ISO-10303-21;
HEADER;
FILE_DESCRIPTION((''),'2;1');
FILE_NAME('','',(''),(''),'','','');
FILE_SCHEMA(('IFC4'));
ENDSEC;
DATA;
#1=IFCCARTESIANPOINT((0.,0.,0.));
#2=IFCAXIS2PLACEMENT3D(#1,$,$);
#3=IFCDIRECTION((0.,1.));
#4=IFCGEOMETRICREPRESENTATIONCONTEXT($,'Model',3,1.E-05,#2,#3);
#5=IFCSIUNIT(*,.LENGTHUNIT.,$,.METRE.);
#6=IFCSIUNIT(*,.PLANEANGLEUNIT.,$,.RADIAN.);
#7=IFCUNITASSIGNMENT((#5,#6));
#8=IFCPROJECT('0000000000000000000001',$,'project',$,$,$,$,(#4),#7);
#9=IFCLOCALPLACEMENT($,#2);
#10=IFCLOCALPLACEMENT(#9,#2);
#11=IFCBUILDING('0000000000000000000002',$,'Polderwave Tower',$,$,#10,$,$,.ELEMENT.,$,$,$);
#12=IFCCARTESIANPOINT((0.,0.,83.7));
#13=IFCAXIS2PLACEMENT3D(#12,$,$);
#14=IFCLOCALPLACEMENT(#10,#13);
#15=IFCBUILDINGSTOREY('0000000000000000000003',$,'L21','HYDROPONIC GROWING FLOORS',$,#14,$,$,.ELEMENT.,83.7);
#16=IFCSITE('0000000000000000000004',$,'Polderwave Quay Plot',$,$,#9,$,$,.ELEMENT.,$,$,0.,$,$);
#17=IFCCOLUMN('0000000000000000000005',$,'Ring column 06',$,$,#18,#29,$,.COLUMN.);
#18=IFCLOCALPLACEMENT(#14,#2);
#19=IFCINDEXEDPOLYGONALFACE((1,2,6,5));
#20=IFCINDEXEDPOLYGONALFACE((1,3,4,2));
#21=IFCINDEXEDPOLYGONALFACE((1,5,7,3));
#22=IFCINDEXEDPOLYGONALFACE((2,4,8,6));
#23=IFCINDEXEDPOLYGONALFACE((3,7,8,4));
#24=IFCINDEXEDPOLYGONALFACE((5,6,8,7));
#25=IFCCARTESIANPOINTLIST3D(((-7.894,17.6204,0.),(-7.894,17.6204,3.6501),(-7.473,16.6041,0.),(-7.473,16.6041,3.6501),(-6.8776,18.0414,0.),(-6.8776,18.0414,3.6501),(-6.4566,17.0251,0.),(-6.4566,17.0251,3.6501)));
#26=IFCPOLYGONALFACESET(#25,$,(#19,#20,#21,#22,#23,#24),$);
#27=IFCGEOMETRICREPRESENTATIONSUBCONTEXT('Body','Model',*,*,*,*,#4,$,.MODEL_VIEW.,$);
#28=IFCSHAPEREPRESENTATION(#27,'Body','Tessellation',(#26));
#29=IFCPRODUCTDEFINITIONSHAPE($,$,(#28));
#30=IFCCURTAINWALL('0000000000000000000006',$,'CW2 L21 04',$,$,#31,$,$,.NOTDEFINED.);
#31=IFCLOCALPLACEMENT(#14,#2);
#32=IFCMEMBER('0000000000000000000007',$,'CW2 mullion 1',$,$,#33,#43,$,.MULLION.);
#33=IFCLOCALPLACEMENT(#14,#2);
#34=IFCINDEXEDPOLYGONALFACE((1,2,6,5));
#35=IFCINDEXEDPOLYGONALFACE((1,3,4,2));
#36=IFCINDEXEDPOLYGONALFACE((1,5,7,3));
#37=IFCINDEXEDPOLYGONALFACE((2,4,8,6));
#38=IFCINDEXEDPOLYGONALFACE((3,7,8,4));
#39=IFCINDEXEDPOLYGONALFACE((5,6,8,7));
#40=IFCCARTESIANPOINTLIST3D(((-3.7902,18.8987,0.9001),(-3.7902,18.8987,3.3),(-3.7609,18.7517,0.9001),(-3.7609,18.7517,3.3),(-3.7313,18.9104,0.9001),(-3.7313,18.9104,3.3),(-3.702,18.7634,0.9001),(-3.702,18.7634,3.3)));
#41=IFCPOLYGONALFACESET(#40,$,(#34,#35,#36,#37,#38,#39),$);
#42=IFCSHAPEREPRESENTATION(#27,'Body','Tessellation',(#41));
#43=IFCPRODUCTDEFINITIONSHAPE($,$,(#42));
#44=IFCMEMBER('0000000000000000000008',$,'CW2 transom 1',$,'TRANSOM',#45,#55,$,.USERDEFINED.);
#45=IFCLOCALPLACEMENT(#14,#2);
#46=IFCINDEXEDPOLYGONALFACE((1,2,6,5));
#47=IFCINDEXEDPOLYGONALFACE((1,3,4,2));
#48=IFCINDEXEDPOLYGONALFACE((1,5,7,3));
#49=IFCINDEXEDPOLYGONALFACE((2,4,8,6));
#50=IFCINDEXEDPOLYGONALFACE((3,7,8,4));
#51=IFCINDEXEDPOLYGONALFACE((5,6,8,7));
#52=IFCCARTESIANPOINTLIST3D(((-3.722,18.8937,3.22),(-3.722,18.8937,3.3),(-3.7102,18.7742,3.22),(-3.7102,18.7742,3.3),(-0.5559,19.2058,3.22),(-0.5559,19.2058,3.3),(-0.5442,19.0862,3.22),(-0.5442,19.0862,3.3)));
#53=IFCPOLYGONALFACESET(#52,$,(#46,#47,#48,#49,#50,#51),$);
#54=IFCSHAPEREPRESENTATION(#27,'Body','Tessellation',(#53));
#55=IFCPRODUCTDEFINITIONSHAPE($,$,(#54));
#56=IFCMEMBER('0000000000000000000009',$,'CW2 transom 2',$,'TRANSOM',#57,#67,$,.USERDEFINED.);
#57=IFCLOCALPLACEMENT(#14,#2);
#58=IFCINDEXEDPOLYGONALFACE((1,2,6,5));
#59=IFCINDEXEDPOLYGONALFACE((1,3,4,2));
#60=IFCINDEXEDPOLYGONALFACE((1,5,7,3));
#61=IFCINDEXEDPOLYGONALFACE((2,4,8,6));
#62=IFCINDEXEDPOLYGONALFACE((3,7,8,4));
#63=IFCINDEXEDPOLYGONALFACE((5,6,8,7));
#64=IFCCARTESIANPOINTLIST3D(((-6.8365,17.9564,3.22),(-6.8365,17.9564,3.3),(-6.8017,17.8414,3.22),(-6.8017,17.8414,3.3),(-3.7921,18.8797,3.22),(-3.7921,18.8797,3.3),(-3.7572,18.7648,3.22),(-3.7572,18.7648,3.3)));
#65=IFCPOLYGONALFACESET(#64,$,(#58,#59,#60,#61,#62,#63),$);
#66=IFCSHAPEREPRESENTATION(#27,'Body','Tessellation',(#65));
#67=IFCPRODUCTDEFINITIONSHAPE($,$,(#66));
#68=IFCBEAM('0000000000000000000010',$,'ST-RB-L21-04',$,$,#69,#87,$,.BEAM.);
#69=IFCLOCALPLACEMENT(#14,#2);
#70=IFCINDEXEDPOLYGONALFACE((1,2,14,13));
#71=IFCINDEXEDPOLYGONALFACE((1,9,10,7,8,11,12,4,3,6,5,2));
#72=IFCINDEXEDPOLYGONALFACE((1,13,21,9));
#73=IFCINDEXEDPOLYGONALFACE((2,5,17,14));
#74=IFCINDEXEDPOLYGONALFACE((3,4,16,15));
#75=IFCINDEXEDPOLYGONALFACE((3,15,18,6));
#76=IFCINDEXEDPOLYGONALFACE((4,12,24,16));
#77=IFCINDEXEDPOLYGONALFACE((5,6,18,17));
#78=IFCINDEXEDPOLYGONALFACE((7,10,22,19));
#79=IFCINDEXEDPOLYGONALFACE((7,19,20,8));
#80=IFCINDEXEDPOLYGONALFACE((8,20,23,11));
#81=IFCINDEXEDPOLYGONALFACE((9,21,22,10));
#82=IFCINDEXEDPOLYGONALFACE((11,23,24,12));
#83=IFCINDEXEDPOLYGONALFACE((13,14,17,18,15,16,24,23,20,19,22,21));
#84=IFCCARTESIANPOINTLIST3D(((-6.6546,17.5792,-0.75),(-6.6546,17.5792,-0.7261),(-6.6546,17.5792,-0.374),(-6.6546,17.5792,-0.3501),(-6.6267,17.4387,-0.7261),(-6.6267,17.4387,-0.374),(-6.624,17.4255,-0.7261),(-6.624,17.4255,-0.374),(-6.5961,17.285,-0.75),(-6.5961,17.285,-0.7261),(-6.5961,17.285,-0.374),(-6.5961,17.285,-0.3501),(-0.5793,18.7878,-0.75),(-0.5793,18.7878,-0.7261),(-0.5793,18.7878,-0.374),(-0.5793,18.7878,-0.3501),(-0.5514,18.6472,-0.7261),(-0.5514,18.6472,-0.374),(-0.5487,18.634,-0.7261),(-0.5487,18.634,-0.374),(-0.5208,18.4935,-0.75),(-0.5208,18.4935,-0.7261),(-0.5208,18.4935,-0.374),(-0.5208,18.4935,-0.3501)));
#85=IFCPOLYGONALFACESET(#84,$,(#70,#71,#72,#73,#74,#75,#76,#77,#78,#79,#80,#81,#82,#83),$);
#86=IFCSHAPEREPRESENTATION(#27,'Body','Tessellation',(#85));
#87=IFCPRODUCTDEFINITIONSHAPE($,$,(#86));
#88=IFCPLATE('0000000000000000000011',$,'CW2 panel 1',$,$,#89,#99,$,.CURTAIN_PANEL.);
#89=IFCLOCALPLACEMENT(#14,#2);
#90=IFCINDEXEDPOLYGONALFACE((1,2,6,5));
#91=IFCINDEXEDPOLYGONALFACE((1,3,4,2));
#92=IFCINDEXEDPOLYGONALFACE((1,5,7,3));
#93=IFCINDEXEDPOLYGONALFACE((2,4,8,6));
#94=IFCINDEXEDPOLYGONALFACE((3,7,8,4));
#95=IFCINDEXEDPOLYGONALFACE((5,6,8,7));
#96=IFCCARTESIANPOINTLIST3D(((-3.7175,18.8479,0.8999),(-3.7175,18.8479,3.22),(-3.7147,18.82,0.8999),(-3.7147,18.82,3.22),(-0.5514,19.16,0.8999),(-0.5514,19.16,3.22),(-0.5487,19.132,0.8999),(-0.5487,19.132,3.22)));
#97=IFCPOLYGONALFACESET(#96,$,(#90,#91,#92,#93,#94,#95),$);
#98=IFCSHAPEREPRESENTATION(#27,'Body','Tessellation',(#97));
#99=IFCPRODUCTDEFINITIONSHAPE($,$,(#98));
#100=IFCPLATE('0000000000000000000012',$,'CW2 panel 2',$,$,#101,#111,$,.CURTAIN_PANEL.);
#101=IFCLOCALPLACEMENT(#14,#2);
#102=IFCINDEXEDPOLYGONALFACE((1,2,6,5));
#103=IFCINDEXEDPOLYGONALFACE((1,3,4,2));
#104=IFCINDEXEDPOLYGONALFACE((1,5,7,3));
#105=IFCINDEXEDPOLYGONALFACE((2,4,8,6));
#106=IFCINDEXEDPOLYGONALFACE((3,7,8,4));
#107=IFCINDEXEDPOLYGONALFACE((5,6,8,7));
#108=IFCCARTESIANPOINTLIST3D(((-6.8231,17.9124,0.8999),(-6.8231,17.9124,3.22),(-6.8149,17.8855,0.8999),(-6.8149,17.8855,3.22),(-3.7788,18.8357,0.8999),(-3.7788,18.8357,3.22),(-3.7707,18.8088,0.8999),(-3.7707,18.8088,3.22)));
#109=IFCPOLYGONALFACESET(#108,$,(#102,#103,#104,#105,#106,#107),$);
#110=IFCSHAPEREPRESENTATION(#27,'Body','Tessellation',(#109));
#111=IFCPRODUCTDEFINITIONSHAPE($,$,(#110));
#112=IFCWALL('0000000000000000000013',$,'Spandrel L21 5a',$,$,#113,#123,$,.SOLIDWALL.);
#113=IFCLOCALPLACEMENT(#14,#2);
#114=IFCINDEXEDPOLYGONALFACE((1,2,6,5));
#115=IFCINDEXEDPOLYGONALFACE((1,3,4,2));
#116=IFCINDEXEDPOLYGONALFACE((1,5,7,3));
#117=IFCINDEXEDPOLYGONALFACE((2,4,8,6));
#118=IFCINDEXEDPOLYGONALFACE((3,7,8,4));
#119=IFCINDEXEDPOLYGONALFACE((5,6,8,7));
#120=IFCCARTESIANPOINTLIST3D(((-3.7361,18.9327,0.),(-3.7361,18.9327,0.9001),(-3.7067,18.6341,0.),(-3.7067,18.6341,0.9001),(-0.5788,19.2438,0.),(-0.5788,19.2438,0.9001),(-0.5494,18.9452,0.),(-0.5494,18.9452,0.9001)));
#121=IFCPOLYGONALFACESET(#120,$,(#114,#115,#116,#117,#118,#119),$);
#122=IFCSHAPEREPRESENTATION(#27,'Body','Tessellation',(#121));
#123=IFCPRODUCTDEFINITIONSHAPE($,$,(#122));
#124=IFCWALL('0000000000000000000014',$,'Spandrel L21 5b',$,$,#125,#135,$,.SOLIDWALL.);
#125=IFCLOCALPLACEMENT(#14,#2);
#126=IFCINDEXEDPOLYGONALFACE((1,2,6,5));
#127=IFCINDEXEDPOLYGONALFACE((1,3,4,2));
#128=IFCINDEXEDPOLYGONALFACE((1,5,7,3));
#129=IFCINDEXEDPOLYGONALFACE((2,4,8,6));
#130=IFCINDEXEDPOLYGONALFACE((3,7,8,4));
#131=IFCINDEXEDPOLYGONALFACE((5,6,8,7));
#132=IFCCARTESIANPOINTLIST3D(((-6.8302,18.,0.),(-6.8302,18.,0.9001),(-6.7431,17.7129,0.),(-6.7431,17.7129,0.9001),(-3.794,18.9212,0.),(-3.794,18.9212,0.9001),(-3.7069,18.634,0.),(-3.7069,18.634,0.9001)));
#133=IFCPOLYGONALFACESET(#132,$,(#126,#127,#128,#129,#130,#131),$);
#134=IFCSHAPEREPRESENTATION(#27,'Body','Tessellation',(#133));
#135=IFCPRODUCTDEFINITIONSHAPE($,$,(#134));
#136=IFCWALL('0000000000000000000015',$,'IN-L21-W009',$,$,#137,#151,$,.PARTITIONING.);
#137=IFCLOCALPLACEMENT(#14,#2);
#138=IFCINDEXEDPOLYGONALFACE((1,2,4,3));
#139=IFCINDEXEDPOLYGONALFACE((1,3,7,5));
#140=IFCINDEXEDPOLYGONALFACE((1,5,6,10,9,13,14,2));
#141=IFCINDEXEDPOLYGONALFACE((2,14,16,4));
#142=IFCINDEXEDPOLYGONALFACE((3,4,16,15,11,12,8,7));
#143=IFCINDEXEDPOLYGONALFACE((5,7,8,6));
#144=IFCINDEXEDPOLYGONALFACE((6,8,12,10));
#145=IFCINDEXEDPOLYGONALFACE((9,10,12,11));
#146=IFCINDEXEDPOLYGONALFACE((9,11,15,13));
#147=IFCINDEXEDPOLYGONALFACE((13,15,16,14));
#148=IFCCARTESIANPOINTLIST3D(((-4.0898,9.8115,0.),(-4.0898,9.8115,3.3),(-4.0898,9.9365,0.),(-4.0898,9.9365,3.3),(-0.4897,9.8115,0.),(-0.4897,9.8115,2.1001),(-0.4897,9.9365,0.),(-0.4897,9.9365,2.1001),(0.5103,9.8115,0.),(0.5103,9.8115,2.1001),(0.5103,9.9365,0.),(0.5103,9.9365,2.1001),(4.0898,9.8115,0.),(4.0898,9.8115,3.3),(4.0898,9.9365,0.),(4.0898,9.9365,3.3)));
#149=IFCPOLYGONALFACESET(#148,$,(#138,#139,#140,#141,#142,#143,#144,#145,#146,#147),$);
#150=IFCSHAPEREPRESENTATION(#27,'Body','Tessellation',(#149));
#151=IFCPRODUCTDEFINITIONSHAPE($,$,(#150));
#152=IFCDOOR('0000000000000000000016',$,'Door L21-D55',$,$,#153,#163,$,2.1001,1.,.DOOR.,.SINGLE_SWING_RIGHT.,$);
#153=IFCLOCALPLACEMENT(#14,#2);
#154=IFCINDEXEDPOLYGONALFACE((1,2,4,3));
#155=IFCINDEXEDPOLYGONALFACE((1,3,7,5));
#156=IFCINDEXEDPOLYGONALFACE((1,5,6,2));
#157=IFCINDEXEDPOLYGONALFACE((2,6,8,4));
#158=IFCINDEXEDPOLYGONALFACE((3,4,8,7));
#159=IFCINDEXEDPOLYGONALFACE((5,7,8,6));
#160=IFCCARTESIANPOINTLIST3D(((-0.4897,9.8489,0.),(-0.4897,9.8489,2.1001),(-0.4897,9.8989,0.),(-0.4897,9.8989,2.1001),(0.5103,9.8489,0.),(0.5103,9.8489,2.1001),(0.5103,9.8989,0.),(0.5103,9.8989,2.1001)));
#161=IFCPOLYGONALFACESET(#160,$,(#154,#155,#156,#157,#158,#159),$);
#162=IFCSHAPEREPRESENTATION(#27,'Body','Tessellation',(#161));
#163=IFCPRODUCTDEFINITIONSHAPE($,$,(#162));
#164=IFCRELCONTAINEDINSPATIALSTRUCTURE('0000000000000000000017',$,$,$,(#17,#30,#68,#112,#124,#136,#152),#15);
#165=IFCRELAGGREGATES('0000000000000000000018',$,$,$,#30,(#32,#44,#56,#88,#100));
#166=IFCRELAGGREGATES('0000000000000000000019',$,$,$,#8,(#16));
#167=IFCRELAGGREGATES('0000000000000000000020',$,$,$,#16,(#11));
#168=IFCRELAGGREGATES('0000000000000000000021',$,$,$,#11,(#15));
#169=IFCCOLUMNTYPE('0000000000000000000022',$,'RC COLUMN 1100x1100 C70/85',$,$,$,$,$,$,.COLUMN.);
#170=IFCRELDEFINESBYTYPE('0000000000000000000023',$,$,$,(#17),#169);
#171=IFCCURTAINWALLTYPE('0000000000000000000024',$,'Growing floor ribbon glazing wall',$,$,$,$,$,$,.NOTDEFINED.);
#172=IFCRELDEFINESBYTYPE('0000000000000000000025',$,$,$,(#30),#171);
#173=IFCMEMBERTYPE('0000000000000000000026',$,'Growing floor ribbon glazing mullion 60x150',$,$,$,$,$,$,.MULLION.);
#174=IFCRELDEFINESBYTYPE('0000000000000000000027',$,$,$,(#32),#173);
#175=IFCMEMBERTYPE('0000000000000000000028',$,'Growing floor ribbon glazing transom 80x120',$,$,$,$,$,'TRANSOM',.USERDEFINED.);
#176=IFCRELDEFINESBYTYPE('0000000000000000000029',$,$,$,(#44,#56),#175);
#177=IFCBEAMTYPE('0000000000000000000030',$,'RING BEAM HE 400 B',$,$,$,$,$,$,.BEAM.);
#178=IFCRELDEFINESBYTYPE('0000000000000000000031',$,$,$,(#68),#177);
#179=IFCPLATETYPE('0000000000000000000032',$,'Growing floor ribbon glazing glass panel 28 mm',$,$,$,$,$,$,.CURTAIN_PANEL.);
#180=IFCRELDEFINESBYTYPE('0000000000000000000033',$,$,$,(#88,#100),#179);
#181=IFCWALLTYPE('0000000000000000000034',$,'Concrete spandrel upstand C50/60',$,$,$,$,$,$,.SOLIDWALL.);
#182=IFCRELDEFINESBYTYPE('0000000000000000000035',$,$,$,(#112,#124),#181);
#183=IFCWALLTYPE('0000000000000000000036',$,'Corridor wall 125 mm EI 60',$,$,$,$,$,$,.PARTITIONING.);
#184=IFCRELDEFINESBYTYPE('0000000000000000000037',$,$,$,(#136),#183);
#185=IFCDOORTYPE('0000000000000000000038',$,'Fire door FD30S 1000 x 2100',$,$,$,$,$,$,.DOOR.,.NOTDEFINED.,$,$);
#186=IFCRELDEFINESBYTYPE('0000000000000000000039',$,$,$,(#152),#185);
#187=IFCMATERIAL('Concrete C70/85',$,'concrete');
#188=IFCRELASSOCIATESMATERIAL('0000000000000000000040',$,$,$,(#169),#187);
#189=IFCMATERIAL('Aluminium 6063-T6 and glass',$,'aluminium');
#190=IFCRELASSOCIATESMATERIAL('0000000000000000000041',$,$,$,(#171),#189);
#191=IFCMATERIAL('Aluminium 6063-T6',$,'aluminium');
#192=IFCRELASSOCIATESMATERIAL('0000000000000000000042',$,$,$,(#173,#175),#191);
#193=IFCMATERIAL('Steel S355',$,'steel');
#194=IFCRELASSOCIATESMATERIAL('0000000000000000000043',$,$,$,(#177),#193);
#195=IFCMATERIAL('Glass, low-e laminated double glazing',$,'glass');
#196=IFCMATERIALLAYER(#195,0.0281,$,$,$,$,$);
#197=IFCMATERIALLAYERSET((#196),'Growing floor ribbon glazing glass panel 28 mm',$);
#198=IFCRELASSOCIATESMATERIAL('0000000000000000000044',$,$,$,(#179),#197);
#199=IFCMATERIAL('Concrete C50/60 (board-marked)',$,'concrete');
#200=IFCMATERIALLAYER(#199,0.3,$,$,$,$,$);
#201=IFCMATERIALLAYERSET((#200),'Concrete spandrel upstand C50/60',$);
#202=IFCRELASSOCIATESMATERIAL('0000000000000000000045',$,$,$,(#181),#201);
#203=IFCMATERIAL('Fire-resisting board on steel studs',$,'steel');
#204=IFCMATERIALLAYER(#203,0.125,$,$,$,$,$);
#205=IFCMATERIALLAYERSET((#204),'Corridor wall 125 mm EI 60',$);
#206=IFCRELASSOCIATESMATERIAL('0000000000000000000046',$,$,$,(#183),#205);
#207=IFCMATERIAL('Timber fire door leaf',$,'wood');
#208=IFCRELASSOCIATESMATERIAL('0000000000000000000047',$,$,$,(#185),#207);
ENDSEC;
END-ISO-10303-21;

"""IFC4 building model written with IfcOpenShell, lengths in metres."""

from ifc_helpers import new_model, si_unit, direction, frame, frame_2d, origin, origin_2d, place, context, subcontext, project, spatial, rectangle, i_section, extrude, material, layer, layer_set, material_profile, profile_set, type_object, element, fill, aggregate, save


model = new_model("IFC4")

# Units and contexts
model_context = context("Model", 3, precision=1e-05, world=origin(), true_north=direction((0.0, 1.0)))
body_context = subcontext(model_context, "Body", "Model", "MODEL_VIEW")
ifc_project = project(units=[si_unit("LENGTHUNIT", "METRE"), si_unit("PLANEANGLEUNIT", "RADIAN")], contexts=[model_context])

# Site, building, storey
site_placement = place(None, origin())
site = spatial("IfcSite", under=ifc_project, at=site_placement, Name="Polderwave Quay Plot", CompositionType="ELEMENT", RefElevation=0.0)
building_placement = place(site_placement, origin())
building = spatial("IfcBuilding", under=site, at=building_placement, Name="Polderwave Tower", CompositionType="ELEMENT")
storey_placement = place(building_placement, frame((0.0, 0.0, 83.7)))
storey = spatial("IfcBuildingStorey", under=building, at=storey_placement, Name="L21", Description="HYDROPONIC GROWING FLOORS", CompositionType="ELEMENT", Elevation=83.7)

# Column
ifc_material_1 = material(Name="Concrete C70/85", Category="concrete")
ifc_material_profile_1 = material_profile(ifc_material_1, rectangle(XDim=1.1001, YDim=1.1001, at=origin_2d()), Name="RC 1100x1100")
ifc_profile_set_1 = profile_set([ifc_material_profile_1], Name="Concrete C70/85")
column_type = type_object("IfcColumnType", Name="RC COLUMN 1100x1100 C70/85", PredefinedType="COLUMN", material=ifc_profile_set_1)
column_placement = place(storey_placement, frame((-7.1753, 17.3228, 0.0), z_axis=(0.0, 0.0, 1.0), x_axis=(-0.382683, 0.92388, 0.0)))
element("IfcColumn", 1, at=column_placement, inside=storey, type_object=column_type, Name="Ring column 06", PredefinedType="COLUMN", context=body_context, shape_type="SweptSolid", body=[
    extrude(rectangle(XDim=1.1001, YDim=1.1001, at=origin_2d()), origin(), (0.0, 0.0, 1.0), 3.6501),
])

# Curtain wall, members
ifc_material_2 = material(Name="Aluminium 6063-T6 and glass", Category="aluminium")
curtain_wall_type = type_object("IfcCurtainWallType", Name="Growing floor ribbon glazing wall", PredefinedType="NOTDEFINED", material=ifc_material_2)
curtain_wall_placement = place(storey_placement, origin())
curtain_wall = element("IfcCurtainWall", 2, at=curtain_wall_placement, inside=storey, type_object=curtain_wall_type, Name="CW2 L21 04", PredefinedType="NOTDEFINED")
ifc_material_3 = material(Name="Aluminium 6063-T6", Category="aluminium")
ifc_material_profile_2 = material_profile(ifc_material_3, rectangle(XDim=0.1499, YDim=0.0601, at=origin_2d()), Name="AL 60x150")
ifc_profile_set_2 = profile_set([ifc_material_profile_2], Name="Aluminium 6063-T6")
member_type_1 = type_object("IfcMemberType", Name="Growing floor ribbon glazing mullion 60x150", PredefinedType="MULLION", material=ifc_profile_set_2)
member_1_placement = place(storey_placement, frame((-3.7461, 18.8311, 0.9001), z_axis=(0.0, 0.0, 1.0), x_axis=(0.195097, -0.980784, 0.0)))
member_1 = element("IfcMember", 3, at=member_1_placement, type_object=member_type_1, Name="CW2 mullion 1", PredefinedType="MULLION", context=body_context, shape_type="SweptSolid", body=[
    extrude(rectangle(XDim=0.1499, YDim=0.0601, at=origin_2d()), origin(), (0.0, 0.0, 1.0), 2.3999),
])
ifc_material_profile_3 = material_profile(ifc_material_3, rectangle(XDim=0.1201, YDim=0.0801, at=origin_2d()), Name="AL 80x120")
ifc_profile_set_3 = profile_set([ifc_material_profile_3], Name="Aluminium 6063-T6")
member_type_2 = type_object("IfcMemberType", Name="Growing floor ribbon glazing transom 80x120", ElementType="TRANSOM", PredefinedType="USERDEFINED", material=ifc_profile_set_3)
member_2_placement = place(storey_placement, frame((-0.55, 19.146, 3.26), z_axis=(-0.995179, -0.098075, 0.0), x_axis=(0.098075, -0.995179, 0.0)))
member_2 = element("IfcMember", 4, at=member_2_placement, type_object=member_type_2, Name="CW2 transom 1", ObjectType="TRANSOM", PredefinedType="USERDEFINED", context=body_context, shape_type="SweptSolid", body=[
    extrude(rectangle(XDim=0.1201, YDim=0.0801, at=origin_2d()), origin(), (0.0, 0.0, 1.0), 3.1814),
])
member_3_placement = place(storey_placement, frame((-3.7747, 18.8223, 3.26), z_axis=(-0.956956, -0.290233, 0.0), x_axis=(0.290233, -0.956956, 0.0)))
member_3 = element("IfcMember", 5, at=member_3_placement, type_object=member_type_2, Name="CW2 transom 2", ObjectType="TRANSOM", PredefinedType="USERDEFINED", context=body_context, shape_type="SweptSolid", body=[
    extrude(rectangle(XDim=0.1201, YDim=0.0801, at=origin_2d()), origin(), (0.0, 0.0, 1.0), 3.1814),
])

# Beam
ifc_material_4 = material(Name="Steel S355", Category="steel")
ifc_material_profile_4 = material_profile(ifc_material_4, i_section(OverallWidth=0.3, OverallDepth=0.3999, WebThickness=0.0134, FlangeThickness=0.0239, at=origin_2d()), Name="HE 400 B")
ifc_profile_set_4 = profile_set([ifc_material_profile_4], Name="Steel S355")
beam_type = type_object("IfcBeamType", Name="RING BEAM HE 400 B", PredefinedType="BEAM", material=ifc_profile_set_4)
beam_placement = place(storey_placement, frame((-0.55, 18.6406, -0.55), z_axis=(-0.980783, -0.1951, 0.0), x_axis=(0.1951, -0.980783, 0.0)))
element("IfcBeam", 6, at=beam_placement, inside=storey, type_object=beam_type, Name="ST-RB-L21-04", PredefinedType="BEAM", context=body_context, shape_type="SweptSolid", body=[
    extrude(i_section(OverallWidth=0.3, OverallDepth=0.3999, WebThickness=0.0134, FlangeThickness=0.0239, at=origin_2d()), origin(), (0.0, 0.0, 1.0), 6.1943),
])

# Plates
ifc_material_5 = material(Name="Glass, low-e laminated double glazing", Category="glass")
ifc_layer_1 = layer(ifc_material_5, 0.0281)
ifc_layer_set_1 = layer_set([ifc_layer_1], Name="Growing floor ribbon glazing glass panel 28 mm")
plate_type = type_object("IfcPlateType", Name="Growing floor ribbon glazing glass panel 28 mm", PredefinedType="CURTAIN_PANEL", material=ifc_layer_set_1)
plate_1_placement = place(storey_placement, frame((-2.1331, 18.99, 0.8999), z_axis=(0.0, 0.0, 1.0), x_axis=(-0.995178, -0.098085, 0.0)))
plate_1 = element("IfcPlate", 7, at=plate_1_placement, type_object=plate_type, Name="CW2 panel 1", PredefinedType="CURTAIN_PANEL", context=body_context, shape_type="SweptSolid", body=[
    extrude(rectangle(XDim=3.1814, YDim=0.0281, at=origin_2d()), origin(), (0.0, 0.0, 1.0), 2.3201),
])
plate_2_placement = place(storey_placement, frame((-5.2969, 18.3606, 0.8999), z_axis=(0.0, 0.0, 1.0), x_axis=(-0.956956, -0.290233, 0.0)))
plate_2 = element("IfcPlate", 8, at=plate_2_placement, type_object=plate_type, Name="CW2 panel 2", PredefinedType="CURTAIN_PANEL", context=body_context, shape_type="SweptSolid", body=[
    extrude(rectangle(XDim=3.1812, YDim=0.0281, at=origin_2d()), origin(), (0.0, 0.0, 1.0), 2.3201),
])
aggregate(curtain_wall, [member_1, member_2, member_3, plate_1, plate_2])

# Walls
ifc_material_6 = material(Name="Concrete C50/60 (board-marked)", Category="concrete")
ifc_layer_2 = layer(ifc_material_6, 0.3)
ifc_layer_set_2 = layer_set([ifc_layer_2], Name="Concrete spandrel upstand C50/60")
wall_type_1 = type_object("IfcWallType", Name="Concrete spandrel upstand C50/60", PredefinedType="SOLIDWALL", material=ifc_layer_set_2)
wall_1_placement = place(storey_placement, frame((-0.564, 19.0945, 0.0), z_axis=(0.0, 0.0, 1.0), x_axis=(-0.995182, -0.098041, 0.0)))
element("IfcWall", 9, at=wall_1_placement, inside=storey, type_object=wall_type_1, Name="Spandrel L21 5a", PredefinedType="SOLIDWALL", context=body_context, shape_type="SweptSolid", body=[
    extrude(rectangle(XDim=3.1726, YDim=0.3, at=frame_2d((1.5864, 0.0))), origin(), (0.0, 0.0, 1.0), 0.9001),
])
wall_2_placement = place(storey_placement, frame((-3.7505, 18.7776, 0.0), z_axis=(0.0, 0.0, 1.0), x_axis=(-0.956928, -0.290326, 0.0)))
element("IfcWall", 10, at=wall_2_placement, inside=storey, type_object=wall_type_1, Name="Spandrel L21 5b", PredefinedType="SOLIDWALL", context=body_context, shape_type="SweptSolid", body=[
    extrude(rectangle(XDim=3.1729, YDim=0.3, at=frame_2d((1.5864, 0.0))), origin(), (0.0, 0.0, 1.0), 0.9001),
])

# Wall, opening, door
ifc_material_7 = material(Name="Fire-resisting board on steel studs", Category="steel")
ifc_layer_3 = layer(ifc_material_7, 0.125)
ifc_layer_set_3 = layer_set([ifc_layer_3], Name="Corridor wall 125 mm EI 60")
wall_type_2 = type_object("IfcWallType", Name="Corridor wall 125 mm EI 60", PredefinedType="PARTITIONING", material=ifc_layer_set_3)
wall_3_placement = place(storey_placement, frame((-4.0898, 9.874, 0.0), z_axis=(0.0, 0.0, 1.0), x_axis=(1.0, 0.0, 0.0)))
wall_3 = element("IfcWall", 11, at=wall_3_placement, inside=storey, type_object=wall_type_2, Name="IN-L21-W009", PredefinedType="PARTITIONING", context=body_context, shape_type="SweptSolid", body=[
    extrude(rectangle(XDim=8.1797, YDim=0.125, at=frame_2d((4.0898, 0.0))), origin(), (0.0, 0.0, 1.0), 3.3),
])
opening_1_placement = place(wall_3_placement, frame((3.6001, 0.0, 0.0)))
opening_1 = element("IfcOpeningElement", 12, at=opening_1_placement, cuts=wall_3, PredefinedType="OPENING", context=body_context, shape_type="SweptSolid", body=[
    extrude(rectangle(XDim=1.0, YDim=2.1001, at=frame_2d((0.5, 1.05))), frame((0.0, 0.0725, 0.0), z_axis=(0.0, -1.0, 0.0), x_axis=(1.0, 0.0, 0.0)), (0.0, 0.0, 1.0), 0.145),
])
ifc_material_8 = material(Name="Timber fire door leaf", Category="wood")
door_type_1 = type_object("IfcDoorType", Name="Fire door FD30S 1000 x 2100", OperationType="NOTDEFINED", PredefinedType="DOOR", material=ifc_material_8)
door_1_placement = place(opening_1_placement, origin())
door_1 = element("IfcDoor", 13, at=door_1_placement, inside=storey, type_object=door_type_1, Name="Door L21-D55", OperationType="SINGLE_SWING_RIGHT", OverallHeight=2.1001, OverallWidth=1.0, PredefinedType="DOOR", context=body_context, shape_type="SweptSolid", body=[
    extrude(rectangle(XDim=1.0, YDim=2.1001, at=frame_2d((0.5, 1.05))), frame((0.0, 0.0249, 0.0), z_axis=(0.0, -1.0, 0.0), x_axis=(1.0, 0.0, 0.0)), (0.0, 0.0, 1.0), 0.05),
])
fill(opening_1, door_1)

save(model, "model.ifc")
